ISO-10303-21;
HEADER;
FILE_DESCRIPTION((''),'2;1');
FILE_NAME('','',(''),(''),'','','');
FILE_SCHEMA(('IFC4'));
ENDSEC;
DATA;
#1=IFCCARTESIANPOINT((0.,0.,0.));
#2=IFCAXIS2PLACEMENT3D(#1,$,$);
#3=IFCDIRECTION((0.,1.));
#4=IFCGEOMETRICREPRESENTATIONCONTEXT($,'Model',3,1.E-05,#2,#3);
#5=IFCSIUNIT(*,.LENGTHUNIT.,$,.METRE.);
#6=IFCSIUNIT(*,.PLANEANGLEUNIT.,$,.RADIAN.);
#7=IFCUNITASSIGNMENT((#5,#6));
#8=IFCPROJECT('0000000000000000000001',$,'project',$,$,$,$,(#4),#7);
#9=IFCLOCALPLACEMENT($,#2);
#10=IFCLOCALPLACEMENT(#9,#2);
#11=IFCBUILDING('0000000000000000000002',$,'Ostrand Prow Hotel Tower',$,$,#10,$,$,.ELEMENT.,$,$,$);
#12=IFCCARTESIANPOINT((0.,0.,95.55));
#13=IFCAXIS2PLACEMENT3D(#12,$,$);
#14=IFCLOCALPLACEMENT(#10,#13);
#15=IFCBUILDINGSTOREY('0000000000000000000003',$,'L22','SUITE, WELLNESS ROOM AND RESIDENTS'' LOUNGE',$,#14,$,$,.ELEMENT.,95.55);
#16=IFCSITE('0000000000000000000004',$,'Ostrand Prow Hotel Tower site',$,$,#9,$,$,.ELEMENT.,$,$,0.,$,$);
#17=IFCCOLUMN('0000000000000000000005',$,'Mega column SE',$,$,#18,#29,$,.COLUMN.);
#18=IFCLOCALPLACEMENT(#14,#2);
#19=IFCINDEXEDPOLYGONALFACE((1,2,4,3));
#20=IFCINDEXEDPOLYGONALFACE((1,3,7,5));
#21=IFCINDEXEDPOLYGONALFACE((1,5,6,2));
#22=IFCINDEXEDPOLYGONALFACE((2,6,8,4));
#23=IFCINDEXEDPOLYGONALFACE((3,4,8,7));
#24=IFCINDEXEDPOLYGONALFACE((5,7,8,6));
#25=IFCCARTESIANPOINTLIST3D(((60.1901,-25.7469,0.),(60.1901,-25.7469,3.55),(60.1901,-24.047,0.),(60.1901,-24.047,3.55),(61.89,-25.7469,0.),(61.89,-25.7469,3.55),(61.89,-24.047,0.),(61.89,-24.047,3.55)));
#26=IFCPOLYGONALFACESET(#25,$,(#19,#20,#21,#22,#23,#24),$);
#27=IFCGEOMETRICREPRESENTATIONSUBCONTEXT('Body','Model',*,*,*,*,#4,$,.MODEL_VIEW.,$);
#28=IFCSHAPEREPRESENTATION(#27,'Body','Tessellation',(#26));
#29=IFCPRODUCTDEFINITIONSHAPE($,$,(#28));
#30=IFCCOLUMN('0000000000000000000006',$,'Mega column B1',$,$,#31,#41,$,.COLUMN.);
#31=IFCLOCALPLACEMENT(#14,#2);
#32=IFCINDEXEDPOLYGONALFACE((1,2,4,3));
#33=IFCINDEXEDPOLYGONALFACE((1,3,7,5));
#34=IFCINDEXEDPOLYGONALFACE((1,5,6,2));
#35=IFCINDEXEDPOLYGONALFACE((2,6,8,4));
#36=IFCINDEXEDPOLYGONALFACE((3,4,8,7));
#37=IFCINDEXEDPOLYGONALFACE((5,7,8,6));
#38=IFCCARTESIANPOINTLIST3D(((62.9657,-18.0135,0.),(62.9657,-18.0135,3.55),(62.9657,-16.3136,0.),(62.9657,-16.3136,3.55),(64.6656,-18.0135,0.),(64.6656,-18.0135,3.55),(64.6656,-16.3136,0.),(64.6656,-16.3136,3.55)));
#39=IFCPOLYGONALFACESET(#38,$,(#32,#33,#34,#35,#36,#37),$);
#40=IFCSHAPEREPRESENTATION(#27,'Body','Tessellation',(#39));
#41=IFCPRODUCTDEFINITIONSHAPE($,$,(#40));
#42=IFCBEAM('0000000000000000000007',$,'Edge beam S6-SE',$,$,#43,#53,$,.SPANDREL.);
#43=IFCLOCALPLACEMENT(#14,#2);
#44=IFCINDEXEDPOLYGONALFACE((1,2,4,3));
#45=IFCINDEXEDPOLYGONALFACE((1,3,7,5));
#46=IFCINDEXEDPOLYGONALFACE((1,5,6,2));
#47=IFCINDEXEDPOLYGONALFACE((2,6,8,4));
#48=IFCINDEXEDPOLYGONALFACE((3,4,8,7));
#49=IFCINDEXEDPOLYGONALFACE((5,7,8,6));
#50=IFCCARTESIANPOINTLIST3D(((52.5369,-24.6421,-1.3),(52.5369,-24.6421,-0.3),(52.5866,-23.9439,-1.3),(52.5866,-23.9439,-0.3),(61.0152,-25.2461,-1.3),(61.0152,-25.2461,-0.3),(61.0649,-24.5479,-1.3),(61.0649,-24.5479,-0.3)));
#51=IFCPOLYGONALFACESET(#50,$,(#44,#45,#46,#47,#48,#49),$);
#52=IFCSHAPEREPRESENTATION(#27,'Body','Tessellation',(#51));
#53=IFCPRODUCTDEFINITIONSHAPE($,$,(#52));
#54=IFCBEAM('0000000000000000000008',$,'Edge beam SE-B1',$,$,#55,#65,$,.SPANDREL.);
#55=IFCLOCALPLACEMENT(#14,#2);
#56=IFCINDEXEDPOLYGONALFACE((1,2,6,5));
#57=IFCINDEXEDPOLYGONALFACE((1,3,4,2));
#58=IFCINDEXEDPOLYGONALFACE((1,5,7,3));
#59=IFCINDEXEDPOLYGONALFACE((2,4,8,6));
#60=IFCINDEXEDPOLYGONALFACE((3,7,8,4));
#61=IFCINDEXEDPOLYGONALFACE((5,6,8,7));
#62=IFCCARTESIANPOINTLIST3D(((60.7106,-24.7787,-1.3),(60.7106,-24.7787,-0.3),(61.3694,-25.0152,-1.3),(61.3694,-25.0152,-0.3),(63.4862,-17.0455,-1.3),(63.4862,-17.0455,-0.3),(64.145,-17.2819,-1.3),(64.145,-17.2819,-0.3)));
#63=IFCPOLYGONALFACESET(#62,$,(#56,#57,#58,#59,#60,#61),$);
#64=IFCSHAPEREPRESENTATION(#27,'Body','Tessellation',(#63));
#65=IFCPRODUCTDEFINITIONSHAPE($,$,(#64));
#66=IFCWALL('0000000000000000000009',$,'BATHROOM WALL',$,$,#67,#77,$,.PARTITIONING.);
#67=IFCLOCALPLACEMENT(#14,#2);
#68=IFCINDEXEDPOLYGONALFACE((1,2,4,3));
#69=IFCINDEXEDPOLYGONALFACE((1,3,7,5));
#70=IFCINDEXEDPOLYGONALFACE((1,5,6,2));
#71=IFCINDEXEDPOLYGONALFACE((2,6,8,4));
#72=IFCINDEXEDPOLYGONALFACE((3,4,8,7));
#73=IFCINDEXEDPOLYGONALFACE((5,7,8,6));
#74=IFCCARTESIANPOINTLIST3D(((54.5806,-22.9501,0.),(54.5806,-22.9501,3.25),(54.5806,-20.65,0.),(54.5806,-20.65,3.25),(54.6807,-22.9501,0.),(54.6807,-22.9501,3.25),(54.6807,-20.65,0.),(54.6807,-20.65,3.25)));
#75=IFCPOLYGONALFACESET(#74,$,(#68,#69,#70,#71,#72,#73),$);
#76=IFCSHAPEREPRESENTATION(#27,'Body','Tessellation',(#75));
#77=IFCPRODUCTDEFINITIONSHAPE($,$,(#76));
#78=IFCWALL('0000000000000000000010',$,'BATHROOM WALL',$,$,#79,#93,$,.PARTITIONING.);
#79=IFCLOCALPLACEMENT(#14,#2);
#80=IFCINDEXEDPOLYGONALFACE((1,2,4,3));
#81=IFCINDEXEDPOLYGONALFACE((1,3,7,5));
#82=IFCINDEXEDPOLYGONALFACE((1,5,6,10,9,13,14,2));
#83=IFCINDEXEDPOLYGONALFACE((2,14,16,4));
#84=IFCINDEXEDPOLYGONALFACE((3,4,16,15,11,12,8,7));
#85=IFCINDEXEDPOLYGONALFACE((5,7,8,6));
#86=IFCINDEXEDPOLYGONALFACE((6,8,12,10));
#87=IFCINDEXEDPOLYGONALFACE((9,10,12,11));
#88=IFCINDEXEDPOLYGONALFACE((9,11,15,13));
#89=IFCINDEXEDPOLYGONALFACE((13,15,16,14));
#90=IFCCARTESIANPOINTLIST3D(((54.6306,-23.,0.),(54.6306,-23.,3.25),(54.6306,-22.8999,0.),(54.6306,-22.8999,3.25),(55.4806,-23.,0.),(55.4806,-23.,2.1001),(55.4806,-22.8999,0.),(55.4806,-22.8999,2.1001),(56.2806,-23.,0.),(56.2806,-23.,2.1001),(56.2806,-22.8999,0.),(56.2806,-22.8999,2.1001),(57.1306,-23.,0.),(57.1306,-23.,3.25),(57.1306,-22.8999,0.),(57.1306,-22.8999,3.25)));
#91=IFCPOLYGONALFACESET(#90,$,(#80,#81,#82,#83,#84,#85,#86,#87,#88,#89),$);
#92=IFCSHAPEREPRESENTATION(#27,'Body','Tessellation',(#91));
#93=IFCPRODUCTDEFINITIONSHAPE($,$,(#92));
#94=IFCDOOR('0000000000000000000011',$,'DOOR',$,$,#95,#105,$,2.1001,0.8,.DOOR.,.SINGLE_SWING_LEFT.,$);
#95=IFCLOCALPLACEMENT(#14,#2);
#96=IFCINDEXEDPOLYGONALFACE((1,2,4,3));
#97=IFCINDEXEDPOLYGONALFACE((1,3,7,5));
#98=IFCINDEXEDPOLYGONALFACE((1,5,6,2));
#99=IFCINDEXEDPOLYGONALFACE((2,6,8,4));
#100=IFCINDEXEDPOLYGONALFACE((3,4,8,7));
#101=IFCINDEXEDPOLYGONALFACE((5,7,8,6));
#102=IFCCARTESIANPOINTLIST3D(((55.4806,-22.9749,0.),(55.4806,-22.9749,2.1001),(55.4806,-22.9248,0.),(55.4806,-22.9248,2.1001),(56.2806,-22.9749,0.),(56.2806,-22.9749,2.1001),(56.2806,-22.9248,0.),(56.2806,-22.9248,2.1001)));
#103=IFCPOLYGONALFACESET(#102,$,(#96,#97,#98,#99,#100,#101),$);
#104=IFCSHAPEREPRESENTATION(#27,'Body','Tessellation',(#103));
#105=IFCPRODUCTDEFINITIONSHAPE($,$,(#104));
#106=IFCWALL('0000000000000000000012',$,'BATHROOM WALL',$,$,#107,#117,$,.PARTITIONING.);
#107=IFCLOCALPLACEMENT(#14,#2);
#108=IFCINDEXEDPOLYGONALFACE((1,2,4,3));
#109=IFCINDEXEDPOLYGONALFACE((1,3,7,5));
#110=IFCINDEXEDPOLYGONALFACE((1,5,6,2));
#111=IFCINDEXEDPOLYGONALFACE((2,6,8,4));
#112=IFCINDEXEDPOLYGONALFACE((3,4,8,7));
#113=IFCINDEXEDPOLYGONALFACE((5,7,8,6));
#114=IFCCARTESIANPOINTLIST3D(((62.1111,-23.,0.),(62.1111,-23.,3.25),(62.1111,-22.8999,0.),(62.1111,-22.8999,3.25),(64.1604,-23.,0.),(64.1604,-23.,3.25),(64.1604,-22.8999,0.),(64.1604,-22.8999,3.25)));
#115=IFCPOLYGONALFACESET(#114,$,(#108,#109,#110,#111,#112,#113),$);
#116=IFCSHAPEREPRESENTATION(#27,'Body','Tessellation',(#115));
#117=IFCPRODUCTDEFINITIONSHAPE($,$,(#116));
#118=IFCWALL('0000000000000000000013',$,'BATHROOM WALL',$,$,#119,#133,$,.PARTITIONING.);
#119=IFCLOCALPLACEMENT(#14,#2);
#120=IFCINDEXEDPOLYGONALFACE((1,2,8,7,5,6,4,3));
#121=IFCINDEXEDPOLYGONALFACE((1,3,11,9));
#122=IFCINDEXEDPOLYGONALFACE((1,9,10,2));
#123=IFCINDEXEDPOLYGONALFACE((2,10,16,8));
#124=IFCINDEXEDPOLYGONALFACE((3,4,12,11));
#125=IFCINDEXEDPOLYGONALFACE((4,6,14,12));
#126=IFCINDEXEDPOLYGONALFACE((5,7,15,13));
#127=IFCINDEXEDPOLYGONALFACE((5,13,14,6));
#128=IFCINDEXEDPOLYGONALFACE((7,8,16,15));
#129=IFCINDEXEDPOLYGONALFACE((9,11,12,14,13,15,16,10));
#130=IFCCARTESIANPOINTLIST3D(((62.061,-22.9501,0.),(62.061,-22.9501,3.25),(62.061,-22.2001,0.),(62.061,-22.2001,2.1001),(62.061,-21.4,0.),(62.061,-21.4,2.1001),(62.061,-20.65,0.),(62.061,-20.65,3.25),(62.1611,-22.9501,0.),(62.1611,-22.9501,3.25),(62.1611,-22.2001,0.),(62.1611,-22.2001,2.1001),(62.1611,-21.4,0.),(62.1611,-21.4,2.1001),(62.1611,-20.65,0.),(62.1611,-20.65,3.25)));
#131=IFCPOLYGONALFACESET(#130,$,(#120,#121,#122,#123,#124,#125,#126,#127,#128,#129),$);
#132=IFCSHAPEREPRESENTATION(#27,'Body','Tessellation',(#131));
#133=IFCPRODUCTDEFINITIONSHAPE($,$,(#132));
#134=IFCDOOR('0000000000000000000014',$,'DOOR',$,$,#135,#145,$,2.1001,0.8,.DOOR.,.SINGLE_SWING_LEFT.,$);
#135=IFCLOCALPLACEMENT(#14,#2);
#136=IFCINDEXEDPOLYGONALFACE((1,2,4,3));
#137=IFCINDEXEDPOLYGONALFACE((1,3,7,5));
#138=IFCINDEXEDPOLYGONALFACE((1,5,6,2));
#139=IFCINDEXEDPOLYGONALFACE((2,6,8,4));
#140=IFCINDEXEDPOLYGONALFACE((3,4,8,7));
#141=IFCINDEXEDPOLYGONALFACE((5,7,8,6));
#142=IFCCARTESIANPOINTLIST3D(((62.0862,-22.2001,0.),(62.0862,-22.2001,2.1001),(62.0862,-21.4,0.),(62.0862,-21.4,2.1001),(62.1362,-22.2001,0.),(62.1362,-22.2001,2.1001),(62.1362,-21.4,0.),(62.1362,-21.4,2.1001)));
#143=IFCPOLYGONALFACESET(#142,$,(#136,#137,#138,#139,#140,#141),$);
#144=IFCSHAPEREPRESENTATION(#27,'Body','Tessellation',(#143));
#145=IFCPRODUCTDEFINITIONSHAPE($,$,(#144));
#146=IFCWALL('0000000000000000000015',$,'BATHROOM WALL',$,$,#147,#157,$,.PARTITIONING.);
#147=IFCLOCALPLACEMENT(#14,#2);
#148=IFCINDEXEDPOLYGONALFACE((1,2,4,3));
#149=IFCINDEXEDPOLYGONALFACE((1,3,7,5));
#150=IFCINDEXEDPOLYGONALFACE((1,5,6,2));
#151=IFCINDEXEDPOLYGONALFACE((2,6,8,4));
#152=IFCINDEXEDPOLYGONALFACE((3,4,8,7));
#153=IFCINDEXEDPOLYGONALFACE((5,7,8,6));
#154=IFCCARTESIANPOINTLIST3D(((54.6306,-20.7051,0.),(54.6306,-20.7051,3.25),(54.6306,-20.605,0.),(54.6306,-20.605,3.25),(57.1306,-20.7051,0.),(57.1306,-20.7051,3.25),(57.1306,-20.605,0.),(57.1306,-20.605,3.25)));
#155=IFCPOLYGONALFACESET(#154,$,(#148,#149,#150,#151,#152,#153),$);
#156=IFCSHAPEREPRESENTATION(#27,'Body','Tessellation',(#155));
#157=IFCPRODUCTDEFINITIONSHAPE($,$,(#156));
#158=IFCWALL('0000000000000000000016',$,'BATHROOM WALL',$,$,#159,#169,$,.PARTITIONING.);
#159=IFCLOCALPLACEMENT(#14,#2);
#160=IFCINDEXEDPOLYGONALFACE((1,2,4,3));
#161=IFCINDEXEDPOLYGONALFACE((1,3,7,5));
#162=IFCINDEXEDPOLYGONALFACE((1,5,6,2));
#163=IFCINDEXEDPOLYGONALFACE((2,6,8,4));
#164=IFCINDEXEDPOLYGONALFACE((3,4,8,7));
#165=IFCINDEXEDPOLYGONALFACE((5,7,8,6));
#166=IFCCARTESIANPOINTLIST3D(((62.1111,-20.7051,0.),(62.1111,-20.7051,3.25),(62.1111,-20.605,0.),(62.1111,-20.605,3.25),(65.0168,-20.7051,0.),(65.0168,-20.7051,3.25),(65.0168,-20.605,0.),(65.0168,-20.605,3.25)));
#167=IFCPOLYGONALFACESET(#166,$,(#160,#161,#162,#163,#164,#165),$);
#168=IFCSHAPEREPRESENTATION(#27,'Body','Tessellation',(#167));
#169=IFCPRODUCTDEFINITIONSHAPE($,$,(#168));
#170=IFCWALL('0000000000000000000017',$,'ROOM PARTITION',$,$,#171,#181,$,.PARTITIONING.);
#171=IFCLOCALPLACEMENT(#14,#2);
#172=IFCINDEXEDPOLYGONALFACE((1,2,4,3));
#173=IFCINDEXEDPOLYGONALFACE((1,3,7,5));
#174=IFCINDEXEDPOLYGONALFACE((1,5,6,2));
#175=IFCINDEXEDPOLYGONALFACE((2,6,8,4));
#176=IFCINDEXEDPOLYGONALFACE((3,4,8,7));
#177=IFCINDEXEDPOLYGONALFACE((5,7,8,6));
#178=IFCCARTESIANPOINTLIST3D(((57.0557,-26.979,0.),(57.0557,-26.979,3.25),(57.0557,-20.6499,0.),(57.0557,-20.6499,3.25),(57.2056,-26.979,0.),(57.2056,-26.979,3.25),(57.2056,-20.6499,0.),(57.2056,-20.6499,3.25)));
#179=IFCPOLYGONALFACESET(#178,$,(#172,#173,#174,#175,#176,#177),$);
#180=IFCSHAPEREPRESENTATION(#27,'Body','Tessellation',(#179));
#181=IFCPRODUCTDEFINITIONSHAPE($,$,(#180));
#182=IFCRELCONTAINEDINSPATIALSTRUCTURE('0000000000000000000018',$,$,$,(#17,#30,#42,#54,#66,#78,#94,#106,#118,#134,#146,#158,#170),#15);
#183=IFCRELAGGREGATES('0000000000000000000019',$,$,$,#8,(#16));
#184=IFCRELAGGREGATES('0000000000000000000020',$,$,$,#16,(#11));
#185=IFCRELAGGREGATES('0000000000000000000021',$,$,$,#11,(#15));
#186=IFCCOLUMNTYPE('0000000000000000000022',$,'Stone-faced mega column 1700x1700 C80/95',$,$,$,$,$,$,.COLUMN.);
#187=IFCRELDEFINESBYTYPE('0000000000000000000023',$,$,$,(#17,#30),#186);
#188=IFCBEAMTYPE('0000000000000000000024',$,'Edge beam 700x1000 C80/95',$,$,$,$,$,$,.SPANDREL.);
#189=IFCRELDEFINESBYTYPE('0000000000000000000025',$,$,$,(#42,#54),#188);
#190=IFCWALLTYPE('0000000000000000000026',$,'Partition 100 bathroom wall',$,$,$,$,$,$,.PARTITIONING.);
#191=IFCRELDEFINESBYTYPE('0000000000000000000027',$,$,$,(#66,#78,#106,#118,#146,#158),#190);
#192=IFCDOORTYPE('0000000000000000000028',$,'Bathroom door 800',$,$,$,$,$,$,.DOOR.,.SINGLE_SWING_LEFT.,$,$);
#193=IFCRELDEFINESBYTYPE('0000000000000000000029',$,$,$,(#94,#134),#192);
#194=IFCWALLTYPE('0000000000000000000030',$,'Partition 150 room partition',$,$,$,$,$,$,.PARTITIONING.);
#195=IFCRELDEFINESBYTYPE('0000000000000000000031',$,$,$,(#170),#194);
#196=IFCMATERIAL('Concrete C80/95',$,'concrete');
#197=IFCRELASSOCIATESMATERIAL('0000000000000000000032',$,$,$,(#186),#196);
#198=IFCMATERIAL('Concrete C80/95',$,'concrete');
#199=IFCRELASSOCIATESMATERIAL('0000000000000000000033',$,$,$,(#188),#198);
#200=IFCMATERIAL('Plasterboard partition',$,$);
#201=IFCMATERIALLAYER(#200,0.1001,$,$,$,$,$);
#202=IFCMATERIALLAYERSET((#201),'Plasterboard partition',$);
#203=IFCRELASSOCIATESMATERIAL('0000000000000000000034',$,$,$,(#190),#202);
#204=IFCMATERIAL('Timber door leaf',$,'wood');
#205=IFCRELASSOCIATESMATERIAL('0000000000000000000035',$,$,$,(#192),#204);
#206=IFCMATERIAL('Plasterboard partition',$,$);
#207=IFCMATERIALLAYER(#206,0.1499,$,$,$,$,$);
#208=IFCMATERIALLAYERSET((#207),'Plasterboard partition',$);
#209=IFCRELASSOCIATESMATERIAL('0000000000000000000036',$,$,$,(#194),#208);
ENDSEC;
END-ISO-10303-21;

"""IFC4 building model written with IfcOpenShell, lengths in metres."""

from ifc_helpers import new_model, si_unit, direction, frame, frame_2d, origin, origin_2d, place, context, subcontext, project, spatial, rectangle, extrude, material, layer, layer_set, material_profile, profile_set, type_object, element, fill, save


model = new_model("IFC4")

# Units and contexts
model_context = context("Model", 3, precision=1e-05, world=origin(), true_north=direction((0.0, 1.0)))
body_context = subcontext(model_context, "Body", "Model", "MODEL_VIEW")
ifc_project = project(units=[si_unit("LENGTHUNIT", "METRE"), si_unit("PLANEANGLEUNIT", "RADIAN")], contexts=[model_context])

# Site, building, storey
site_placement = place(None, origin())
site = spatial("IfcSite", under=ifc_project, at=site_placement, Name="Ostrand Prow Hotel Tower site", CompositionType="ELEMENT", RefElevation=0.0)
building_placement = place(site_placement, origin())
building = spatial("IfcBuilding", under=site, at=building_placement, Name="Ostrand Prow Hotel Tower", CompositionType="ELEMENT")
storey_placement = place(building_placement, frame((0.0, 0.0, 95.55)))
storey = spatial("IfcBuildingStorey", under=building, at=storey_placement, Name="L22", Description="SUITE, WELLNESS ROOM AND RESIDENTS' LOUNGE", CompositionType="ELEMENT", Elevation=95.55)

# Columns
ifc_material_1 = material(Name="Concrete C80/95", Category="concrete")
ifc_material_profile_1 = material_profile(ifc_material_1, rectangle(XDim=1.7, YDim=1.7, at=origin_2d()), Name="RC 1700x1700")
ifc_profile_set_1 = profile_set([ifc_material_profile_1], Name="Concrete C80/95")
column_type = type_object("IfcColumnType", Name="Stone-faced mega column 1700x1700 C80/95", PredefinedType="COLUMN", material=ifc_profile_set_1)
for number, where, z_axis, x_axis, name in (
    (1, (61.04, -24.897, 0.0), (0.0, 0.0, 1.0), (1.0, 0.0, 0.0), "Mega column SE"),
    (2, (63.8157, -17.1636, 0.0), (0.0, 0.0, 1.0), (1.0, 0.0, 0.0), "Mega column B1"),
):
    element("IfcColumn", number, at=place(storey_placement, frame(where, z_axis=z_axis, x_axis=x_axis)), inside=storey, type_object=column_type, Name=name, PredefinedType="COLUMN", context=body_context, shape_type="SweptSolid", body=[
        extrude(rectangle(XDim=1.7, YDim=1.7, at=origin_2d()), origin(), (0.0, 0.0, 1.0), 3.55),
    ])

# Beams
ifc_material_2 = material(Name="Concrete C80/95", Category="concrete")
ifc_material_profile_2 = material_profile(ifc_material_2, rectangle(XDim=0.7, YDim=1.0, at=origin_2d()), Name="RC 700x1000")
ifc_profile_set_2 = profile_set([ifc_material_profile_2], Name="Concrete C80/95")
beam_type = type_object("IfcBeamType", Name="Edge beam 700x1000 C80/95", PredefinedType="SPANDREL", material=ifc_profile_set_2)
beam_1_placement = place(storey_placement, frame((52.5618, -24.293, -0.8), z_axis=(0.997472, -0.071061, 0.0), x_axis=(0.071061, 0.997472, 0.0)))
element("IfcBeam", 3, at=beam_1_placement, inside=storey, type_object=beam_type, Name="Edge beam S6-SE", PredefinedType="SPANDREL", context=body_context, shape_type="SweptSolid", body=[
    extrude(rectangle(XDim=0.7, YDim=1.0, at=origin_2d()), origin(), (0.0, 0.0, 1.0), 8.4998),
])
beam_2_placement = place(storey_placement, frame((61.04, -24.897, -0.8), z_axis=(0.337815, 0.941212, 0.0), x_axis=(-0.941212, 0.337815, 0.0)))
element("IfcBeam", 4, at=beam_2_placement, inside=storey, type_object=beam_type, Name="Edge beam SE-B1", PredefinedType="SPANDREL", context=body_context, shape_type="SweptSolid", body=[
    extrude(rectangle(XDim=0.7, YDim=1.0, at=origin_2d()), origin(), (0.0, 0.0, 1.0), 8.2163),
])

# Wall
ifc_material_3 = material(Name="Plasterboard partition")
ifc_layer_1 = layer(ifc_material_3, 0.1001)
ifc_layer_set_1 = layer_set([ifc_layer_1], Name="Plasterboard partition")
wall_type_1 = type_object("IfcWallType", Name="Partition 100 bathroom wall", PredefinedType="PARTITIONING", material=ifc_layer_set_1)
wall_1_placement = place(storey_placement, frame((54.6306, -22.95, 0.0), z_axis=(0.0, 0.0, 1.0), x_axis=(0.0, 1.0, 0.0)))
element("IfcWall", 5, at=wall_1_placement, inside=storey, type_object=wall_type_1, Name="BATHROOM WALL", PredefinedType="PARTITIONING", context=body_context, shape_type="SweptSolid", body=[
    extrude(rectangle(XDim=2.3, YDim=0.1001, at=frame_2d((1.1499, 0.0))), origin(), (0.0, 0.0, 1.0), 3.25),
])

# Wall, opening, door
wall_2_placement = place(storey_placement, frame((57.1306, -22.95, 0.0), z_axis=(0.0, 0.0, 1.0), x_axis=(-1.0, 0.0, 0.0)))
wall_2 = element("IfcWall", 6, at=wall_2_placement, inside=storey, type_object=wall_type_1, Name="BATHROOM WALL", PredefinedType="PARTITIONING", context=body_context, shape_type="SweptSolid", body=[
    extrude(rectangle(XDim=2.5, YDim=0.1001, at=frame_2d((1.25, 0.0))), origin(), (0.0, 0.0, 1.0), 3.25),
])
opening_1_placement = place(wall_2_placement, frame((0.8501, 0.0, 0.0)))
opening_1 = element("IfcOpeningElement", 7, at=opening_1_placement, cuts=wall_2, PredefinedType="OPENING", context=body_context, shape_type="SweptSolid", body=[
    extrude(rectangle(XDim=0.8, YDim=2.1001, at=frame_2d((0.3999, 1.05))), frame((0.0, 0.0601, 0.0), z_axis=(0.0, -1.0, 0.0), x_axis=(1.0, 0.0, 0.0)), (0.0, 0.0, 1.0), 0.1201),
])
ifc_material_4 = material(Name="Timber door leaf", Category="wood")
door_type_1 = type_object("IfcDoorType", Name="Bathroom door 800", OperationType="SINGLE_SWING_LEFT", PredefinedType="DOOR", material=ifc_material_4)
door_1_placement = place(opening_1_placement, origin())
door_1 = element("IfcDoor", 8, at=door_1_placement, inside=storey, type_object=door_type_1, Name="DOOR", OperationType="SINGLE_SWING_LEFT", OverallHeight=2.1001, OverallWidth=0.8, PredefinedType="DOOR", context=body_context, shape_type="SweptSolid", body=[
    extrude(rectangle(XDim=0.8, YDim=2.1001, at=frame_2d((0.3999, 1.05))), frame((0.0, 0.0249, 0.0), z_axis=(0.0, -1.0, 0.0), x_axis=(1.0, 0.0, 0.0)), (0.0, 0.0, 1.0), 0.05),
])
fill(opening_1, door_1)

# Wall
wall_3_placement = place(storey_placement, frame((64.1604, -22.95, 0.0), z_axis=(0.0, 0.0, 1.0), x_axis=(-1.0, 0.0, 0.0)))
element("IfcWall", 9, at=wall_3_placement, inside=storey, type_object=wall_type_1, Name="BATHROOM WALL", PredefinedType="PARTITIONING", context=body_context, shape_type="SweptSolid", body=[
    extrude(rectangle(XDim=2.0493, YDim=0.1001, at=frame_2d((1.0247, 0.0))), origin(), (0.0, 0.0, 1.0), 3.25),
])

# Wall, opening, door
wall_4_placement = place(storey_placement, frame((62.1111, -22.95, 0.0), z_axis=(0.0, 0.0, 1.0), x_axis=(0.0, 1.0, 0.0)))
wall_4 = element("IfcWall", 10, at=wall_4_placement, inside=storey, type_object=wall_type_1, Name="BATHROOM WALL", PredefinedType="PARTITIONING", context=body_context, shape_type="SweptSolid", body=[
    extrude(rectangle(XDim=2.3, YDim=0.1001, at=frame_2d((1.1499, 0.0))), origin(), (0.0, 0.0, 1.0), 3.25),
])
opening_2_placement = place(wall_4_placement, frame((0.75, 0.0, 0.0)))
opening_2 = element("IfcOpeningElement", 11, at=opening_2_placement, cuts=wall_4, PredefinedType="OPENING", context=body_context, shape_type="SweptSolid", body=[
    extrude(rectangle(XDim=0.8, YDim=2.1001, at=frame_2d((0.3999, 1.05))), frame((0.0, 0.0601, 0.0), z_axis=(0.0, -1.0, 0.0), x_axis=(1.0, 0.0, 0.0)), (0.0, 0.0, 1.0), 0.1201),
])
door_2_placement = place(opening_2_placement, origin())
door_2 = element("IfcDoor", 12, at=door_2_placement, inside=storey, type_object=door_type_1, Name="DOOR", OperationType="SINGLE_SWING_LEFT", OverallHeight=2.1001, OverallWidth=0.8, PredefinedType="DOOR", context=body_context, shape_type="SweptSolid", body=[
    extrude(rectangle(XDim=0.8, YDim=2.1001, at=frame_2d((0.3999, 1.05))), frame((0.0, 0.0249, 0.0), z_axis=(0.0, -1.0, 0.0), x_axis=(1.0, 0.0, 0.0)), (0.0, 0.0, 1.0), 0.05),
])
fill(opening_2, door_2)

# Walls
wall_5_placement = place(storey_placement, frame((54.6306, -20.655, 0.0), z_axis=(0.0, 0.0, 1.0), x_axis=(1.0, 0.0, 0.0)))
element("IfcWall", 13, at=wall_5_placement, inside=storey, type_object=wall_type_1, Name="BATHROOM WALL", PredefinedType="PARTITIONING", context=body_context, shape_type="SweptSolid", body=[
    extrude(rectangle(XDim=2.5, YDim=0.1001, at=frame_2d((1.25, 0.0))), origin(), (0.0, 0.0, 1.0), 3.25),
])
wall_6_placement = place(storey_placement, frame((62.1111, -20.655, 0.0), z_axis=(0.0, 0.0, 1.0), x_axis=(1.0, 0.0, 0.0)))
element("IfcWall", 14, at=wall_6_placement, inside=storey, type_object=wall_type_1, Name="BATHROOM WALL", PredefinedType="PARTITIONING", context=body_context, shape_type="SweptSolid", body=[
    extrude(rectangle(XDim=2.9058, YDim=0.1001, at=frame_2d((1.4529, 0.0))), origin(), (0.0, 0.0, 1.0), 3.25),
])
ifc_material_5 = material(Name="Plasterboard partition")
ifc_layer_2 = layer(ifc_material_5, 0.1499)
ifc_layer_set_2 = layer_set([ifc_layer_2], Name="Plasterboard partition")
wall_type_2 = type_object("IfcWallType", Name="Partition 150 room partition", PredefinedType="PARTITIONING", material=ifc_layer_set_2)
wall_7_placement = place(storey_placement, frame((57.1306, -26.979, 0.0), z_axis=(0.0, 0.0, 1.0), x_axis=(0.0, 1.0, 0.0)))
element("IfcWall", 15, at=wall_7_placement, inside=storey, type_object=wall_type_2, Name="ROOM PARTITION", PredefinedType="PARTITIONING", context=body_context, shape_type="SweptSolid", body=[
    extrude(rectangle(XDim=6.3291, YDim=0.1499, at=frame_2d((3.1646, 0.0))), origin(), (0.0, 0.0, 1.0), 3.25),
])

save(model, "model.ifc")
